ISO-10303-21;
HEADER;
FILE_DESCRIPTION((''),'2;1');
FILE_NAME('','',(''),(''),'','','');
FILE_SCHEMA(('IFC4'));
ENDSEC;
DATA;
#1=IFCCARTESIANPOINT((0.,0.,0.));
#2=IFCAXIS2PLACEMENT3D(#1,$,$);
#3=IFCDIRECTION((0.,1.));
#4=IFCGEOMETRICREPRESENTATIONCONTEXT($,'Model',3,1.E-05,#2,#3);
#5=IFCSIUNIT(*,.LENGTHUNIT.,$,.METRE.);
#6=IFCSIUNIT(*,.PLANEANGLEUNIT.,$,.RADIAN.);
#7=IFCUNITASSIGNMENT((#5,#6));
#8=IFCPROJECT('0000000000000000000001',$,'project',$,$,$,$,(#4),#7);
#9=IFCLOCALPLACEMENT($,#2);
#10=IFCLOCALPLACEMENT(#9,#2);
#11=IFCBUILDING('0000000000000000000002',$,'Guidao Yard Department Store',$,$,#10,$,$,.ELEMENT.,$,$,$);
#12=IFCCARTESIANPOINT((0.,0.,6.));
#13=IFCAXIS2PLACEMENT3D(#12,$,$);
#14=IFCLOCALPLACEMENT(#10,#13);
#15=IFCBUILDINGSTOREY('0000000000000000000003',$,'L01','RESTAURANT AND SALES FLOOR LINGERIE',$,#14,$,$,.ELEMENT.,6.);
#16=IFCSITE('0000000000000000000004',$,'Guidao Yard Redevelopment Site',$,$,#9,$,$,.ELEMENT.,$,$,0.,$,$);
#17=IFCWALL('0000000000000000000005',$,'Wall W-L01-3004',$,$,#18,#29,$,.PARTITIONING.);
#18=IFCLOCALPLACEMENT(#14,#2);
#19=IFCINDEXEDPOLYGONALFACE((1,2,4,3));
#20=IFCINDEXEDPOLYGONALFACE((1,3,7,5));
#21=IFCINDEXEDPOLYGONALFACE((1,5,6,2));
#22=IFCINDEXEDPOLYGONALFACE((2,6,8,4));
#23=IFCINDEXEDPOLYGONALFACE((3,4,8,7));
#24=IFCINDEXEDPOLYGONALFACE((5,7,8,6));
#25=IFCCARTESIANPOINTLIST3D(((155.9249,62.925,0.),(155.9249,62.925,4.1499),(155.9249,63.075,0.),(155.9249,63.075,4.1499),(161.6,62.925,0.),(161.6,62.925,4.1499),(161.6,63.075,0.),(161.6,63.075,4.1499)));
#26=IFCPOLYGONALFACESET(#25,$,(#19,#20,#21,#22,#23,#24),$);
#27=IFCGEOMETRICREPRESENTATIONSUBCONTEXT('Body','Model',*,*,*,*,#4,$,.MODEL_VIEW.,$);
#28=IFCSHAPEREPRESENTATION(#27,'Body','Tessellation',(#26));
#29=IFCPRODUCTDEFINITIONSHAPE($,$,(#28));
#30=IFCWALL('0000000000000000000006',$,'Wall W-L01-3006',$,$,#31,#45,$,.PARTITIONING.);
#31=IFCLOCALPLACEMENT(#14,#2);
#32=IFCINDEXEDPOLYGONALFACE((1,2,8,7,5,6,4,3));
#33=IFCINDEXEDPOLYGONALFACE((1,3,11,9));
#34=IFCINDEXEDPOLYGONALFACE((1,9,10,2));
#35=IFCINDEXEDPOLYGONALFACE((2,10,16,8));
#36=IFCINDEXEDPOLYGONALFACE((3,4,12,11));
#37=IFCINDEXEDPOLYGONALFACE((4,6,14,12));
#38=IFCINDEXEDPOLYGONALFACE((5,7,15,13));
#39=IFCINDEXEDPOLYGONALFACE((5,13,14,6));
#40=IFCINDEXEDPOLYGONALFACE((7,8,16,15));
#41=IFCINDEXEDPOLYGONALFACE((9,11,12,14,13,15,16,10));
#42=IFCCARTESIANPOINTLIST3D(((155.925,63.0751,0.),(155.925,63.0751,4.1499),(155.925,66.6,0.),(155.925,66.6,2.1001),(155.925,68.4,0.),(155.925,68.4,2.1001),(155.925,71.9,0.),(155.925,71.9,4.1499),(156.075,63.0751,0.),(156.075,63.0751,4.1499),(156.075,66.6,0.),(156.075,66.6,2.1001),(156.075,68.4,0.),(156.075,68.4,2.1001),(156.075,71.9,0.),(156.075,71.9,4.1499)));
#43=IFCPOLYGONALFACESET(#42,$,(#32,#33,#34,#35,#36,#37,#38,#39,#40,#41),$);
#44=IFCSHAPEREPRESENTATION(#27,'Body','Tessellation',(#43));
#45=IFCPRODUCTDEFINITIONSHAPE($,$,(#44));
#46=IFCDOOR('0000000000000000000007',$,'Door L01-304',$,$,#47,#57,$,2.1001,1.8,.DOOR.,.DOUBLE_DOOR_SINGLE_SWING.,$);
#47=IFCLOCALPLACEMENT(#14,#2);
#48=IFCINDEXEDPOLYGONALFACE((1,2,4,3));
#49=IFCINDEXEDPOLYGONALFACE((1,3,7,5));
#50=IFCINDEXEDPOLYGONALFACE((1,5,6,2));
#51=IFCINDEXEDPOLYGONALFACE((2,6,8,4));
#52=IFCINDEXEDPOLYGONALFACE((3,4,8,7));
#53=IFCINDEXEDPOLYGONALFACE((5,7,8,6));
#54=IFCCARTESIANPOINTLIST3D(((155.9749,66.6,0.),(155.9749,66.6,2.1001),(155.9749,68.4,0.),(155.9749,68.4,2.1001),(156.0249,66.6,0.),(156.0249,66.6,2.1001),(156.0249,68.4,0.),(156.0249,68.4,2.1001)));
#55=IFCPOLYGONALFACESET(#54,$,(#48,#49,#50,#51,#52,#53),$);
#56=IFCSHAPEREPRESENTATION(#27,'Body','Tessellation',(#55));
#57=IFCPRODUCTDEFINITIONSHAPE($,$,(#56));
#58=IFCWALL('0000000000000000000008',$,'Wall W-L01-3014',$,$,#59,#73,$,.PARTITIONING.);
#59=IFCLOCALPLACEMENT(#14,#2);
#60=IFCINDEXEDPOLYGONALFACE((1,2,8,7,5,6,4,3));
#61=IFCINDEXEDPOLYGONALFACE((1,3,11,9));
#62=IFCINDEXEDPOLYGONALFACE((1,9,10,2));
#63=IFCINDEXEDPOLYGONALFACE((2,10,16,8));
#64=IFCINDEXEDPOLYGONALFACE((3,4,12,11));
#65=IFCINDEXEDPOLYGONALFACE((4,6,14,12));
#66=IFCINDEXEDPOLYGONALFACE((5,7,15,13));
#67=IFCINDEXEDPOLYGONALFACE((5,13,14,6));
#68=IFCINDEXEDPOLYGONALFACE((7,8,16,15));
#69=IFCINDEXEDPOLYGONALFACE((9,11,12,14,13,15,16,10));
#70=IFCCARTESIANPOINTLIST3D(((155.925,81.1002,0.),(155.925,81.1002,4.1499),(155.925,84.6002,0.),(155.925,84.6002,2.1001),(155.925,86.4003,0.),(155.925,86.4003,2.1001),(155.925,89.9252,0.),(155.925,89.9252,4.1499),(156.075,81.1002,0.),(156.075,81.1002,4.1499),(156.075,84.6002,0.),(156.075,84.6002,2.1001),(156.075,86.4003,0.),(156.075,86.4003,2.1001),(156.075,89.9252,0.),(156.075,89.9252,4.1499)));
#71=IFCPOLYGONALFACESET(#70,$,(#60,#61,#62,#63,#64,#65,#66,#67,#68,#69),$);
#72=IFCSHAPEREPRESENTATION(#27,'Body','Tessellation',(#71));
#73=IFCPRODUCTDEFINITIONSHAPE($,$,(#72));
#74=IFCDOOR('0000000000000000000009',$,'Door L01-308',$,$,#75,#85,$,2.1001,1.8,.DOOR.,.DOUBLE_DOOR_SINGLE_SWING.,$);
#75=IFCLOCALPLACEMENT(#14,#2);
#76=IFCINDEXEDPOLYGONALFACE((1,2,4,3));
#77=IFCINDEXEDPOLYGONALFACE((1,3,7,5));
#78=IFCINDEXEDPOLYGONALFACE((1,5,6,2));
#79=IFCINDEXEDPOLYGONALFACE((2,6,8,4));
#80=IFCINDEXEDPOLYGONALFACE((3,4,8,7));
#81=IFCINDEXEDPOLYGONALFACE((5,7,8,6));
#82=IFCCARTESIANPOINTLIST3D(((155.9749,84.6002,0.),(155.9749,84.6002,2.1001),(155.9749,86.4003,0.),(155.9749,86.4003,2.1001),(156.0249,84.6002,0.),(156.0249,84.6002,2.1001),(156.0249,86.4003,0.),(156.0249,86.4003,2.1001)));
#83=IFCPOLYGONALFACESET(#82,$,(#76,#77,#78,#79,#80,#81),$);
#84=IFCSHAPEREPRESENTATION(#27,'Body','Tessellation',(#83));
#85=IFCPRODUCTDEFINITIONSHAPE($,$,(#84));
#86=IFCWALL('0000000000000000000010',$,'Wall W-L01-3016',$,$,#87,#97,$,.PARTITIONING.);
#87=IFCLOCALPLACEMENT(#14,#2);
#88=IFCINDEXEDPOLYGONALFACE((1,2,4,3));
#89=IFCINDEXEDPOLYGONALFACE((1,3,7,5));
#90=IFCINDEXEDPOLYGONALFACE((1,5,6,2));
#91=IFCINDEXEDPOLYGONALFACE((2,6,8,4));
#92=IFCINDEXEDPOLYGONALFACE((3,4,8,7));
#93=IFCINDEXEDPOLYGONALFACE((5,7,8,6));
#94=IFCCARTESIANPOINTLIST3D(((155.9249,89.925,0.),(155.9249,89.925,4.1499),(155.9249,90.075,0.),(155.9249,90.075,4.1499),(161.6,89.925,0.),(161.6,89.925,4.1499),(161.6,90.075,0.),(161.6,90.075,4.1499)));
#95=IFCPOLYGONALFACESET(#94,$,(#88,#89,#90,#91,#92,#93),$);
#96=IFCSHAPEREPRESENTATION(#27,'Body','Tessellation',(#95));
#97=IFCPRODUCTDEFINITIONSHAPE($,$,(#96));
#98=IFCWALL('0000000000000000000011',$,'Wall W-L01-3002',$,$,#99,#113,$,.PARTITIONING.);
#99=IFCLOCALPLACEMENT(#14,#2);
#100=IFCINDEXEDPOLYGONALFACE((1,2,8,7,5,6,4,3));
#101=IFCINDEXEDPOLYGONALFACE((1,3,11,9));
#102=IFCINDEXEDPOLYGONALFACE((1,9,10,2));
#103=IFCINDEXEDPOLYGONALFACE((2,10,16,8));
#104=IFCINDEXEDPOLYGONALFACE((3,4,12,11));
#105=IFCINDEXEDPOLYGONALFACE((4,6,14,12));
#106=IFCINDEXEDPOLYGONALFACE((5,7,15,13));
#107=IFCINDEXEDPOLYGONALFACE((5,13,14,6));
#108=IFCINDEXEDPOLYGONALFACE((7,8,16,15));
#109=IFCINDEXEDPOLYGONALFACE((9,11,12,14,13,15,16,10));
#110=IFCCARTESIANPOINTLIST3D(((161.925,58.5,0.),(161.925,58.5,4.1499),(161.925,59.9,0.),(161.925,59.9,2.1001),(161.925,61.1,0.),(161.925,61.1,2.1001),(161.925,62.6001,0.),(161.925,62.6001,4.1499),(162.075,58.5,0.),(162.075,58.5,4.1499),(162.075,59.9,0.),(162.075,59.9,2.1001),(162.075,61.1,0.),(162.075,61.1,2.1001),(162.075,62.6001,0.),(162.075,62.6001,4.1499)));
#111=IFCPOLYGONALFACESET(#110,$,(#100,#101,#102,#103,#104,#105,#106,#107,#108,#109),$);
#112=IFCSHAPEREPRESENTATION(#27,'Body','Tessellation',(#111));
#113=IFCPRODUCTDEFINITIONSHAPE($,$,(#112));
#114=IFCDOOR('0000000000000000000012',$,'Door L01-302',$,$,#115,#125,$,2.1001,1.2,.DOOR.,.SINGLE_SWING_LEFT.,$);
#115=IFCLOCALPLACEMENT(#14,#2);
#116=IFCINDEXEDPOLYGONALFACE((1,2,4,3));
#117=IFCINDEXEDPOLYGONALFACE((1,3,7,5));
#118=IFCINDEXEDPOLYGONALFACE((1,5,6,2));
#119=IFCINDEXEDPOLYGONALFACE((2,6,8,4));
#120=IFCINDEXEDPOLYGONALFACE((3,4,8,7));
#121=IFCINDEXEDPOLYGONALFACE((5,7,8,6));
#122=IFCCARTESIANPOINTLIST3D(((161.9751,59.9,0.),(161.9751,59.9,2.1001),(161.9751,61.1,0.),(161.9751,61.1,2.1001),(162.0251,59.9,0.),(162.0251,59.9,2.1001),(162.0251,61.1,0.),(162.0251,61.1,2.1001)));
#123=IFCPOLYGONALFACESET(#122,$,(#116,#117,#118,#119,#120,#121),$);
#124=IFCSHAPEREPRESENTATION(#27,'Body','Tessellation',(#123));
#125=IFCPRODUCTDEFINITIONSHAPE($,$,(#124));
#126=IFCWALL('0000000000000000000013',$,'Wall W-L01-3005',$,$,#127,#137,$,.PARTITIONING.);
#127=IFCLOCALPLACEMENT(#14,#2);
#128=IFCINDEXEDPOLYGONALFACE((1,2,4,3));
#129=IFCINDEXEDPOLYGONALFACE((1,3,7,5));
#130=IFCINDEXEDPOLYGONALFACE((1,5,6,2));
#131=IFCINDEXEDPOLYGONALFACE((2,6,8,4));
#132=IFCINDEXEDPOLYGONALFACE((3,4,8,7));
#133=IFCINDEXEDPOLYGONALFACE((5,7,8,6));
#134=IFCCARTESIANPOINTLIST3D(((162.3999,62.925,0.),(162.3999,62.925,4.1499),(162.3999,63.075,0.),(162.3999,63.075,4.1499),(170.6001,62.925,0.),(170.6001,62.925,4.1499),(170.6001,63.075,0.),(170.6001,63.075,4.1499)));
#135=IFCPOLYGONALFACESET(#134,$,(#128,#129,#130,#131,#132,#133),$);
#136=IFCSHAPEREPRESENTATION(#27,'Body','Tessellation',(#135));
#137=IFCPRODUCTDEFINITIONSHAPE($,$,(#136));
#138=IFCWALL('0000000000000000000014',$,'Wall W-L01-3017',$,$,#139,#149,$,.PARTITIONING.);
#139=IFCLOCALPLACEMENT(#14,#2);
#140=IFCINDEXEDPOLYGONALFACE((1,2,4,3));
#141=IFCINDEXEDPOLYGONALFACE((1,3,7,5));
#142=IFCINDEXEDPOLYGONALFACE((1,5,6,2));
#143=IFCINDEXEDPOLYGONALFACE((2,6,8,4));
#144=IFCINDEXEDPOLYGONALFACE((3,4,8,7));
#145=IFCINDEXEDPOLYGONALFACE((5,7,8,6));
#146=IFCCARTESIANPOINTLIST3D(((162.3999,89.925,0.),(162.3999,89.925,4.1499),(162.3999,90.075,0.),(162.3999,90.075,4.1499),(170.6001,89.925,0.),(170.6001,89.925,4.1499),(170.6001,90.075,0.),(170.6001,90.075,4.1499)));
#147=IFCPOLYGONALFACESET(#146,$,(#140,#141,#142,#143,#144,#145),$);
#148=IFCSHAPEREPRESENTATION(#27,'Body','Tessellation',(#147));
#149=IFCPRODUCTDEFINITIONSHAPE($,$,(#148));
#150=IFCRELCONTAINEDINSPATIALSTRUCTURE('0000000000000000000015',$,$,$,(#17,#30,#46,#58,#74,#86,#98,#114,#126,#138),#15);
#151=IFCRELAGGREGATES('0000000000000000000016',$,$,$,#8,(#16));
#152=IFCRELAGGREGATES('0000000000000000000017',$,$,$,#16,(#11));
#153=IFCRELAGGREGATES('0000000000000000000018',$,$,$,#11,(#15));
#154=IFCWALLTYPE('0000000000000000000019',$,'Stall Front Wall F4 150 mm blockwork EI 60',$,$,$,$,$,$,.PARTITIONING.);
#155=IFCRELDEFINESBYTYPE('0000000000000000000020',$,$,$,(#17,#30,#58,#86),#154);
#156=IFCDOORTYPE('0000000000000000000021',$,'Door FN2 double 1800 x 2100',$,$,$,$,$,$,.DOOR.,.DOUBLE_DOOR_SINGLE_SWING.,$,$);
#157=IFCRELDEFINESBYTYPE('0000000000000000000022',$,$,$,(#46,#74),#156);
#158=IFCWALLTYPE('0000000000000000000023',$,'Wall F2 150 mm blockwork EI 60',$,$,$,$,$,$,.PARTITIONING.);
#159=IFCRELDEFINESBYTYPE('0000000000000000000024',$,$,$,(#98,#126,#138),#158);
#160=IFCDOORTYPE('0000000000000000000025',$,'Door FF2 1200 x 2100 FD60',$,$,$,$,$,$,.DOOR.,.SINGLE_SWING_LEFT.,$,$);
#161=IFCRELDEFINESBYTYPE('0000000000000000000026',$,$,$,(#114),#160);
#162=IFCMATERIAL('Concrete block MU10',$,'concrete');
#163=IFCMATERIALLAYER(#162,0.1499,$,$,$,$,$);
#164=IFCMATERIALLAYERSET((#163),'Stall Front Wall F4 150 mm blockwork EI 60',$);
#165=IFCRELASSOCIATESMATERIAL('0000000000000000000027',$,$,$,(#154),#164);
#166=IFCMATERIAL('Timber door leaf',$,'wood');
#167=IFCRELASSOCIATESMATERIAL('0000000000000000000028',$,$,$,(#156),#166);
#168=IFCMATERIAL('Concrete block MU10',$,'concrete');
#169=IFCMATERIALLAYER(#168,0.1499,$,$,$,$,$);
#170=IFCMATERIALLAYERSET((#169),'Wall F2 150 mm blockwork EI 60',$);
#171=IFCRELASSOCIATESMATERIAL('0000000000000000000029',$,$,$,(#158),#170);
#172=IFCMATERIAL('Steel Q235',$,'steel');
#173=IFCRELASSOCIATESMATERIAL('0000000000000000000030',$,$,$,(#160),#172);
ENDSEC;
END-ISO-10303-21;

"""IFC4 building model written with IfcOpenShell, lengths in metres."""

from ifc_helpers import new_model, si_unit, direction, frame, frame_2d, origin, place, context, subcontext, project, spatial, rectangle, extrude, material, layer, layer_set, type_object, element, fill, save


model = new_model("IFC4")

# Units and contexts
model_context = context("Model", 3, precision=1e-05, world=origin(), true_north=direction((0.0, 1.0)))
body_context = subcontext(model_context, "Body", "Model", "MODEL_VIEW")
ifc_project = project(units=[si_unit("LENGTHUNIT", "METRE"), si_unit("PLANEANGLEUNIT", "RADIAN")], contexts=[model_context])

# Site, building, storey
site_placement = place(None, origin())
site = spatial("IfcSite", under=ifc_project, at=site_placement, Name="Guidao Yard Redevelopment Site", CompositionType="ELEMENT", RefElevation=0.0)
building_placement = place(site_placement, origin())
building = spatial("IfcBuilding", under=site, at=building_placement, Name="Guidao Yard Department Store", CompositionType="ELEMENT")
storey_placement = place(building_placement, frame((0.0, 0.0, 6.0)))
storey = spatial("IfcBuildingStorey", under=building, at=storey_placement, Name="L01", Description="RESTAURANT AND SALES FLOOR LINGERIE", CompositionType="ELEMENT", Elevation=6.0)

# Wall
ifc_material_1 = material(Name="Concrete block MU10", Category="concrete")
ifc_layer_1 = layer(ifc_material_1, 0.1499)
ifc_layer_set_1 = layer_set([ifc_layer_1], Name="Stall Front Wall F4 150 mm blockwork EI 60")
wall_type_1 = type_object("IfcWallType", Name="Stall Front Wall F4 150 mm blockwork EI 60", PredefinedType="PARTITIONING", material=ifc_layer_set_1)
wall_1_placement = place(storey_placement, frame((155.925, 63.0, 0.0), z_axis=(0.0, 0.0, 1.0), x_axis=(1.0, 0.0, 0.0)))
element("IfcWall", 1, at=wall_1_placement, inside=storey, type_object=wall_type_1, Name="Wall W-L01-3004", PredefinedType="PARTITIONING", context=body_context, shape_type="SweptSolid", body=[
    extrude(rectangle(XDim=5.675, YDim=0.1499, at=frame_2d((2.8374, 0.0))), origin(), (0.0, 0.0, 1.0), 4.1499),
])

# Walls, openings, doors
wall_2_placement = place(storey_placement, frame((156.0, 63.075, 0.0), z_axis=(0.0, 0.0, 1.0), x_axis=(0.0, 1.0, 0.0)))
wall_2 = element("IfcWall", 2, at=wall_2_placement, inside=storey, type_object=wall_type_1, Name="Wall W-L01-3006", PredefinedType="PARTITIONING", context=body_context, shape_type="SweptSolid", body=[
    extrude(rectangle(XDim=8.825, YDim=0.1499, at=frame_2d((4.4126, 0.0))), origin(), (0.0, 0.0, 1.0), 4.1499),
])
opening_1_placement = place(wall_2_placement, frame((5.325, 0.0, 0.0), z_axis=(0.0, 0.0, 1.0), x_axis=(-1.0, 0.0, 0.0)))
opening_1 = element("IfcOpeningElement", 3, at=opening_1_placement, cuts=wall_2, PredefinedType="OPENING", context=body_context, shape_type="SweptSolid", body=[
    extrude(rectangle(XDim=1.8, YDim=2.1001, at=frame_2d((0.8999, 1.05))), frame((0.0, 0.085, 0.0), z_axis=(0.0, -1.0, 0.0), x_axis=(1.0, 0.0, 0.0)), (0.0, 0.0, 1.0), 0.1699),
])
ifc_material_2 = material(Name="Timber door leaf", Category="wood")
door_type_1 = type_object("IfcDoorType", Name="Door FN2 double 1800 x 2100", OperationType="DOUBLE_DOOR_SINGLE_SWING", PredefinedType="DOOR", material=ifc_material_2)
door_1_placement = place(opening_1_placement, origin())
door_1 = element("IfcDoor", 4, at=door_1_placement, inside=storey, type_object=door_type_1, Name="Door L01-304", OperationType="DOUBLE_DOOR_SINGLE_SWING", OverallHeight=2.1001, OverallWidth=1.8, PredefinedType="DOOR", context=body_context, shape_type="SweptSolid", body=[
    extrude(rectangle(XDim=1.8, YDim=2.1001, at=frame_2d((0.8999, 1.05))), frame((0.0, 0.0249, 0.0), z_axis=(0.0, -1.0, 0.0), x_axis=(1.0, 0.0, 0.0)), (0.0, 0.0, 1.0), 0.05),
])
fill(opening_1, door_1)
wall_3_placement = place(storey_placement, frame((156.0, 81.1001, 0.0), z_axis=(0.0, 0.0, 1.0), x_axis=(0.0, 1.0, 0.0)))
wall_3 = element("IfcWall", 5, at=wall_3_placement, inside=storey, type_object=wall_type_1, Name="Wall W-L01-3014", PredefinedType="PARTITIONING", context=body_context, shape_type="SweptSolid", body=[
    extrude(rectangle(XDim=8.825, YDim=0.1499, at=frame_2d((4.4126, 0.0))), origin(), (0.0, 0.0, 1.0), 4.1499),
])
opening_2_placement = place(wall_3_placement, frame((5.3, 0.0, 0.0), z_axis=(0.0, 0.0, 1.0), x_axis=(-1.0, 0.0, 0.0)))
opening_2 = element("IfcOpeningElement", 6, at=opening_2_placement, cuts=wall_3, PredefinedType="OPENING", context=body_context, shape_type="SweptSolid", body=[
    extrude(rectangle(XDim=1.8, YDim=2.1001, at=frame_2d((0.8999, 1.05))), frame((0.0, 0.085, 0.0), z_axis=(0.0, -1.0, 0.0), x_axis=(1.0, 0.0, 0.0)), (0.0, 0.0, 1.0), 0.1699),
])
door_2_placement = place(opening_2_placement, origin())
door_2 = element("IfcDoor", 7, at=door_2_placement, inside=storey, type_object=door_type_1, Name="Door L01-308", OperationType="DOUBLE_DOOR_SINGLE_SWING", OverallHeight=2.1001, OverallWidth=1.8, PredefinedType="DOOR", context=body_context, shape_type="SweptSolid", body=[
    extrude(rectangle(XDim=1.8, YDim=2.1001, at=frame_2d((0.8999, 1.05))), frame((0.0, 0.0249, 0.0), z_axis=(0.0, -1.0, 0.0), x_axis=(1.0, 0.0, 0.0)), (0.0, 0.0, 1.0), 0.05),
])
fill(opening_2, door_2)

# Wall
wall_4_placement = place(storey_placement, frame((155.925, 90.0, 0.0), z_axis=(0.0, 0.0, 1.0), x_axis=(1.0, 0.0, 0.0)))
element("IfcWall", 8, at=wall_4_placement, inside=storey, type_object=wall_type_1, Name="Wall W-L01-3016", PredefinedType="PARTITIONING", context=body_context, shape_type="SweptSolid", body=[
    extrude(rectangle(XDim=5.675, YDim=0.1499, at=frame_2d((2.8374, 0.0))), origin(), (0.0, 0.0, 1.0), 4.1499),
])

# Wall, opening, door
ifc_material_3 = material(Name="Concrete block MU10", Category="concrete")
ifc_layer_2 = layer(ifc_material_3, 0.1499)
ifc_layer_set_2 = layer_set([ifc_layer_2], Name="Wall F2 150 mm blockwork EI 60")
wall_type_2 = type_object("IfcWallType", Name="Wall F2 150 mm blockwork EI 60", PredefinedType="PARTITIONING", material=ifc_layer_set_2)
wall_5_placement = place(storey_placement, frame((162.0, 58.5, 0.0), z_axis=(0.0, 0.0, 1.0), x_axis=(0.0, 1.0, 0.0)))
wall_5 = element("IfcWall", 9, at=wall_5_placement, inside=storey, type_object=wall_type_2, Name="Wall W-L01-3002", PredefinedType="PARTITIONING", context=body_context, shape_type="SweptSolid", body=[
    extrude(rectangle(XDim=4.1001, YDim=0.1499, at=frame_2d((2.05, 0.0))), origin(), (0.0, 0.0, 1.0), 4.1499),
])
opening_3_placement = place(wall_5_placement, frame((1.3999, 0.0, 0.0)))
opening_3 = element("IfcOpeningElement", 10, at=opening_3_placement, cuts=wall_5, PredefinedType="OPENING", context=body_context, shape_type="SweptSolid", body=[
    extrude(rectangle(XDim=1.2, YDim=2.1001, at=frame_2d((0.6001, 1.05))), frame((0.0, 0.085, 0.0), z_axis=(0.0, -1.0, 0.0), x_axis=(1.0, 0.0, 0.0)), (0.0, 0.0, 1.0), 0.1699),
])
ifc_material_4 = material(Name="Steel Q235", Category="steel")
door_type_2 = type_object("IfcDoorType", Name="Door FF2 1200 x 2100 FD60", OperationType="SINGLE_SWING_LEFT", PredefinedType="DOOR", material=ifc_material_4)
door_3_placement = place(opening_3_placement, origin())
door_3 = element("IfcDoor", 11, at=door_3_placement, inside=storey, type_object=door_type_2, Name="Door L01-302", OperationType="SINGLE_SWING_LEFT", OverallHeight=2.1001, OverallWidth=1.2, PredefinedType="DOOR", context=body_context, shape_type="SweptSolid", body=[
    extrude(rectangle(XDim=1.2, YDim=2.1001, at=frame_2d((0.6001, 1.05))), frame((0.0, 0.0249, 0.0), z_axis=(0.0, -1.0, 0.0), x_axis=(1.0, 0.0, 0.0)), (0.0, 0.0, 1.0), 0.05),
])
fill(opening_3, door_3)

# Walls
for number, where, z_axis, x_axis, name in (
    (12, (162.3999, 63.0, 0.0), (0.0, 0.0, 1.0), (1.0, 0.0, 0.0), "Wall W-L01-3005"),
    (13, (162.3999, 90.0, 0.0), (0.0, 0.0, 1.0), (1.0, 0.0, 0.0), "Wall W-L01-3017"),
):
    element("IfcWall", number, at=place(storey_placement, frame(where, z_axis=z_axis, x_axis=x_axis)), inside=storey, type_object=wall_type_2, Name=name, PredefinedType="PARTITIONING", context=body_context, shape_type="SweptSolid", body=[
        extrude(rectangle(XDim=8.2002, YDim=0.1499, at=frame_2d((4.1001, 0.0))), origin(), (0.0, 0.0, 1.0), 4.1499),
    ])

save(model, "model.ifc")
